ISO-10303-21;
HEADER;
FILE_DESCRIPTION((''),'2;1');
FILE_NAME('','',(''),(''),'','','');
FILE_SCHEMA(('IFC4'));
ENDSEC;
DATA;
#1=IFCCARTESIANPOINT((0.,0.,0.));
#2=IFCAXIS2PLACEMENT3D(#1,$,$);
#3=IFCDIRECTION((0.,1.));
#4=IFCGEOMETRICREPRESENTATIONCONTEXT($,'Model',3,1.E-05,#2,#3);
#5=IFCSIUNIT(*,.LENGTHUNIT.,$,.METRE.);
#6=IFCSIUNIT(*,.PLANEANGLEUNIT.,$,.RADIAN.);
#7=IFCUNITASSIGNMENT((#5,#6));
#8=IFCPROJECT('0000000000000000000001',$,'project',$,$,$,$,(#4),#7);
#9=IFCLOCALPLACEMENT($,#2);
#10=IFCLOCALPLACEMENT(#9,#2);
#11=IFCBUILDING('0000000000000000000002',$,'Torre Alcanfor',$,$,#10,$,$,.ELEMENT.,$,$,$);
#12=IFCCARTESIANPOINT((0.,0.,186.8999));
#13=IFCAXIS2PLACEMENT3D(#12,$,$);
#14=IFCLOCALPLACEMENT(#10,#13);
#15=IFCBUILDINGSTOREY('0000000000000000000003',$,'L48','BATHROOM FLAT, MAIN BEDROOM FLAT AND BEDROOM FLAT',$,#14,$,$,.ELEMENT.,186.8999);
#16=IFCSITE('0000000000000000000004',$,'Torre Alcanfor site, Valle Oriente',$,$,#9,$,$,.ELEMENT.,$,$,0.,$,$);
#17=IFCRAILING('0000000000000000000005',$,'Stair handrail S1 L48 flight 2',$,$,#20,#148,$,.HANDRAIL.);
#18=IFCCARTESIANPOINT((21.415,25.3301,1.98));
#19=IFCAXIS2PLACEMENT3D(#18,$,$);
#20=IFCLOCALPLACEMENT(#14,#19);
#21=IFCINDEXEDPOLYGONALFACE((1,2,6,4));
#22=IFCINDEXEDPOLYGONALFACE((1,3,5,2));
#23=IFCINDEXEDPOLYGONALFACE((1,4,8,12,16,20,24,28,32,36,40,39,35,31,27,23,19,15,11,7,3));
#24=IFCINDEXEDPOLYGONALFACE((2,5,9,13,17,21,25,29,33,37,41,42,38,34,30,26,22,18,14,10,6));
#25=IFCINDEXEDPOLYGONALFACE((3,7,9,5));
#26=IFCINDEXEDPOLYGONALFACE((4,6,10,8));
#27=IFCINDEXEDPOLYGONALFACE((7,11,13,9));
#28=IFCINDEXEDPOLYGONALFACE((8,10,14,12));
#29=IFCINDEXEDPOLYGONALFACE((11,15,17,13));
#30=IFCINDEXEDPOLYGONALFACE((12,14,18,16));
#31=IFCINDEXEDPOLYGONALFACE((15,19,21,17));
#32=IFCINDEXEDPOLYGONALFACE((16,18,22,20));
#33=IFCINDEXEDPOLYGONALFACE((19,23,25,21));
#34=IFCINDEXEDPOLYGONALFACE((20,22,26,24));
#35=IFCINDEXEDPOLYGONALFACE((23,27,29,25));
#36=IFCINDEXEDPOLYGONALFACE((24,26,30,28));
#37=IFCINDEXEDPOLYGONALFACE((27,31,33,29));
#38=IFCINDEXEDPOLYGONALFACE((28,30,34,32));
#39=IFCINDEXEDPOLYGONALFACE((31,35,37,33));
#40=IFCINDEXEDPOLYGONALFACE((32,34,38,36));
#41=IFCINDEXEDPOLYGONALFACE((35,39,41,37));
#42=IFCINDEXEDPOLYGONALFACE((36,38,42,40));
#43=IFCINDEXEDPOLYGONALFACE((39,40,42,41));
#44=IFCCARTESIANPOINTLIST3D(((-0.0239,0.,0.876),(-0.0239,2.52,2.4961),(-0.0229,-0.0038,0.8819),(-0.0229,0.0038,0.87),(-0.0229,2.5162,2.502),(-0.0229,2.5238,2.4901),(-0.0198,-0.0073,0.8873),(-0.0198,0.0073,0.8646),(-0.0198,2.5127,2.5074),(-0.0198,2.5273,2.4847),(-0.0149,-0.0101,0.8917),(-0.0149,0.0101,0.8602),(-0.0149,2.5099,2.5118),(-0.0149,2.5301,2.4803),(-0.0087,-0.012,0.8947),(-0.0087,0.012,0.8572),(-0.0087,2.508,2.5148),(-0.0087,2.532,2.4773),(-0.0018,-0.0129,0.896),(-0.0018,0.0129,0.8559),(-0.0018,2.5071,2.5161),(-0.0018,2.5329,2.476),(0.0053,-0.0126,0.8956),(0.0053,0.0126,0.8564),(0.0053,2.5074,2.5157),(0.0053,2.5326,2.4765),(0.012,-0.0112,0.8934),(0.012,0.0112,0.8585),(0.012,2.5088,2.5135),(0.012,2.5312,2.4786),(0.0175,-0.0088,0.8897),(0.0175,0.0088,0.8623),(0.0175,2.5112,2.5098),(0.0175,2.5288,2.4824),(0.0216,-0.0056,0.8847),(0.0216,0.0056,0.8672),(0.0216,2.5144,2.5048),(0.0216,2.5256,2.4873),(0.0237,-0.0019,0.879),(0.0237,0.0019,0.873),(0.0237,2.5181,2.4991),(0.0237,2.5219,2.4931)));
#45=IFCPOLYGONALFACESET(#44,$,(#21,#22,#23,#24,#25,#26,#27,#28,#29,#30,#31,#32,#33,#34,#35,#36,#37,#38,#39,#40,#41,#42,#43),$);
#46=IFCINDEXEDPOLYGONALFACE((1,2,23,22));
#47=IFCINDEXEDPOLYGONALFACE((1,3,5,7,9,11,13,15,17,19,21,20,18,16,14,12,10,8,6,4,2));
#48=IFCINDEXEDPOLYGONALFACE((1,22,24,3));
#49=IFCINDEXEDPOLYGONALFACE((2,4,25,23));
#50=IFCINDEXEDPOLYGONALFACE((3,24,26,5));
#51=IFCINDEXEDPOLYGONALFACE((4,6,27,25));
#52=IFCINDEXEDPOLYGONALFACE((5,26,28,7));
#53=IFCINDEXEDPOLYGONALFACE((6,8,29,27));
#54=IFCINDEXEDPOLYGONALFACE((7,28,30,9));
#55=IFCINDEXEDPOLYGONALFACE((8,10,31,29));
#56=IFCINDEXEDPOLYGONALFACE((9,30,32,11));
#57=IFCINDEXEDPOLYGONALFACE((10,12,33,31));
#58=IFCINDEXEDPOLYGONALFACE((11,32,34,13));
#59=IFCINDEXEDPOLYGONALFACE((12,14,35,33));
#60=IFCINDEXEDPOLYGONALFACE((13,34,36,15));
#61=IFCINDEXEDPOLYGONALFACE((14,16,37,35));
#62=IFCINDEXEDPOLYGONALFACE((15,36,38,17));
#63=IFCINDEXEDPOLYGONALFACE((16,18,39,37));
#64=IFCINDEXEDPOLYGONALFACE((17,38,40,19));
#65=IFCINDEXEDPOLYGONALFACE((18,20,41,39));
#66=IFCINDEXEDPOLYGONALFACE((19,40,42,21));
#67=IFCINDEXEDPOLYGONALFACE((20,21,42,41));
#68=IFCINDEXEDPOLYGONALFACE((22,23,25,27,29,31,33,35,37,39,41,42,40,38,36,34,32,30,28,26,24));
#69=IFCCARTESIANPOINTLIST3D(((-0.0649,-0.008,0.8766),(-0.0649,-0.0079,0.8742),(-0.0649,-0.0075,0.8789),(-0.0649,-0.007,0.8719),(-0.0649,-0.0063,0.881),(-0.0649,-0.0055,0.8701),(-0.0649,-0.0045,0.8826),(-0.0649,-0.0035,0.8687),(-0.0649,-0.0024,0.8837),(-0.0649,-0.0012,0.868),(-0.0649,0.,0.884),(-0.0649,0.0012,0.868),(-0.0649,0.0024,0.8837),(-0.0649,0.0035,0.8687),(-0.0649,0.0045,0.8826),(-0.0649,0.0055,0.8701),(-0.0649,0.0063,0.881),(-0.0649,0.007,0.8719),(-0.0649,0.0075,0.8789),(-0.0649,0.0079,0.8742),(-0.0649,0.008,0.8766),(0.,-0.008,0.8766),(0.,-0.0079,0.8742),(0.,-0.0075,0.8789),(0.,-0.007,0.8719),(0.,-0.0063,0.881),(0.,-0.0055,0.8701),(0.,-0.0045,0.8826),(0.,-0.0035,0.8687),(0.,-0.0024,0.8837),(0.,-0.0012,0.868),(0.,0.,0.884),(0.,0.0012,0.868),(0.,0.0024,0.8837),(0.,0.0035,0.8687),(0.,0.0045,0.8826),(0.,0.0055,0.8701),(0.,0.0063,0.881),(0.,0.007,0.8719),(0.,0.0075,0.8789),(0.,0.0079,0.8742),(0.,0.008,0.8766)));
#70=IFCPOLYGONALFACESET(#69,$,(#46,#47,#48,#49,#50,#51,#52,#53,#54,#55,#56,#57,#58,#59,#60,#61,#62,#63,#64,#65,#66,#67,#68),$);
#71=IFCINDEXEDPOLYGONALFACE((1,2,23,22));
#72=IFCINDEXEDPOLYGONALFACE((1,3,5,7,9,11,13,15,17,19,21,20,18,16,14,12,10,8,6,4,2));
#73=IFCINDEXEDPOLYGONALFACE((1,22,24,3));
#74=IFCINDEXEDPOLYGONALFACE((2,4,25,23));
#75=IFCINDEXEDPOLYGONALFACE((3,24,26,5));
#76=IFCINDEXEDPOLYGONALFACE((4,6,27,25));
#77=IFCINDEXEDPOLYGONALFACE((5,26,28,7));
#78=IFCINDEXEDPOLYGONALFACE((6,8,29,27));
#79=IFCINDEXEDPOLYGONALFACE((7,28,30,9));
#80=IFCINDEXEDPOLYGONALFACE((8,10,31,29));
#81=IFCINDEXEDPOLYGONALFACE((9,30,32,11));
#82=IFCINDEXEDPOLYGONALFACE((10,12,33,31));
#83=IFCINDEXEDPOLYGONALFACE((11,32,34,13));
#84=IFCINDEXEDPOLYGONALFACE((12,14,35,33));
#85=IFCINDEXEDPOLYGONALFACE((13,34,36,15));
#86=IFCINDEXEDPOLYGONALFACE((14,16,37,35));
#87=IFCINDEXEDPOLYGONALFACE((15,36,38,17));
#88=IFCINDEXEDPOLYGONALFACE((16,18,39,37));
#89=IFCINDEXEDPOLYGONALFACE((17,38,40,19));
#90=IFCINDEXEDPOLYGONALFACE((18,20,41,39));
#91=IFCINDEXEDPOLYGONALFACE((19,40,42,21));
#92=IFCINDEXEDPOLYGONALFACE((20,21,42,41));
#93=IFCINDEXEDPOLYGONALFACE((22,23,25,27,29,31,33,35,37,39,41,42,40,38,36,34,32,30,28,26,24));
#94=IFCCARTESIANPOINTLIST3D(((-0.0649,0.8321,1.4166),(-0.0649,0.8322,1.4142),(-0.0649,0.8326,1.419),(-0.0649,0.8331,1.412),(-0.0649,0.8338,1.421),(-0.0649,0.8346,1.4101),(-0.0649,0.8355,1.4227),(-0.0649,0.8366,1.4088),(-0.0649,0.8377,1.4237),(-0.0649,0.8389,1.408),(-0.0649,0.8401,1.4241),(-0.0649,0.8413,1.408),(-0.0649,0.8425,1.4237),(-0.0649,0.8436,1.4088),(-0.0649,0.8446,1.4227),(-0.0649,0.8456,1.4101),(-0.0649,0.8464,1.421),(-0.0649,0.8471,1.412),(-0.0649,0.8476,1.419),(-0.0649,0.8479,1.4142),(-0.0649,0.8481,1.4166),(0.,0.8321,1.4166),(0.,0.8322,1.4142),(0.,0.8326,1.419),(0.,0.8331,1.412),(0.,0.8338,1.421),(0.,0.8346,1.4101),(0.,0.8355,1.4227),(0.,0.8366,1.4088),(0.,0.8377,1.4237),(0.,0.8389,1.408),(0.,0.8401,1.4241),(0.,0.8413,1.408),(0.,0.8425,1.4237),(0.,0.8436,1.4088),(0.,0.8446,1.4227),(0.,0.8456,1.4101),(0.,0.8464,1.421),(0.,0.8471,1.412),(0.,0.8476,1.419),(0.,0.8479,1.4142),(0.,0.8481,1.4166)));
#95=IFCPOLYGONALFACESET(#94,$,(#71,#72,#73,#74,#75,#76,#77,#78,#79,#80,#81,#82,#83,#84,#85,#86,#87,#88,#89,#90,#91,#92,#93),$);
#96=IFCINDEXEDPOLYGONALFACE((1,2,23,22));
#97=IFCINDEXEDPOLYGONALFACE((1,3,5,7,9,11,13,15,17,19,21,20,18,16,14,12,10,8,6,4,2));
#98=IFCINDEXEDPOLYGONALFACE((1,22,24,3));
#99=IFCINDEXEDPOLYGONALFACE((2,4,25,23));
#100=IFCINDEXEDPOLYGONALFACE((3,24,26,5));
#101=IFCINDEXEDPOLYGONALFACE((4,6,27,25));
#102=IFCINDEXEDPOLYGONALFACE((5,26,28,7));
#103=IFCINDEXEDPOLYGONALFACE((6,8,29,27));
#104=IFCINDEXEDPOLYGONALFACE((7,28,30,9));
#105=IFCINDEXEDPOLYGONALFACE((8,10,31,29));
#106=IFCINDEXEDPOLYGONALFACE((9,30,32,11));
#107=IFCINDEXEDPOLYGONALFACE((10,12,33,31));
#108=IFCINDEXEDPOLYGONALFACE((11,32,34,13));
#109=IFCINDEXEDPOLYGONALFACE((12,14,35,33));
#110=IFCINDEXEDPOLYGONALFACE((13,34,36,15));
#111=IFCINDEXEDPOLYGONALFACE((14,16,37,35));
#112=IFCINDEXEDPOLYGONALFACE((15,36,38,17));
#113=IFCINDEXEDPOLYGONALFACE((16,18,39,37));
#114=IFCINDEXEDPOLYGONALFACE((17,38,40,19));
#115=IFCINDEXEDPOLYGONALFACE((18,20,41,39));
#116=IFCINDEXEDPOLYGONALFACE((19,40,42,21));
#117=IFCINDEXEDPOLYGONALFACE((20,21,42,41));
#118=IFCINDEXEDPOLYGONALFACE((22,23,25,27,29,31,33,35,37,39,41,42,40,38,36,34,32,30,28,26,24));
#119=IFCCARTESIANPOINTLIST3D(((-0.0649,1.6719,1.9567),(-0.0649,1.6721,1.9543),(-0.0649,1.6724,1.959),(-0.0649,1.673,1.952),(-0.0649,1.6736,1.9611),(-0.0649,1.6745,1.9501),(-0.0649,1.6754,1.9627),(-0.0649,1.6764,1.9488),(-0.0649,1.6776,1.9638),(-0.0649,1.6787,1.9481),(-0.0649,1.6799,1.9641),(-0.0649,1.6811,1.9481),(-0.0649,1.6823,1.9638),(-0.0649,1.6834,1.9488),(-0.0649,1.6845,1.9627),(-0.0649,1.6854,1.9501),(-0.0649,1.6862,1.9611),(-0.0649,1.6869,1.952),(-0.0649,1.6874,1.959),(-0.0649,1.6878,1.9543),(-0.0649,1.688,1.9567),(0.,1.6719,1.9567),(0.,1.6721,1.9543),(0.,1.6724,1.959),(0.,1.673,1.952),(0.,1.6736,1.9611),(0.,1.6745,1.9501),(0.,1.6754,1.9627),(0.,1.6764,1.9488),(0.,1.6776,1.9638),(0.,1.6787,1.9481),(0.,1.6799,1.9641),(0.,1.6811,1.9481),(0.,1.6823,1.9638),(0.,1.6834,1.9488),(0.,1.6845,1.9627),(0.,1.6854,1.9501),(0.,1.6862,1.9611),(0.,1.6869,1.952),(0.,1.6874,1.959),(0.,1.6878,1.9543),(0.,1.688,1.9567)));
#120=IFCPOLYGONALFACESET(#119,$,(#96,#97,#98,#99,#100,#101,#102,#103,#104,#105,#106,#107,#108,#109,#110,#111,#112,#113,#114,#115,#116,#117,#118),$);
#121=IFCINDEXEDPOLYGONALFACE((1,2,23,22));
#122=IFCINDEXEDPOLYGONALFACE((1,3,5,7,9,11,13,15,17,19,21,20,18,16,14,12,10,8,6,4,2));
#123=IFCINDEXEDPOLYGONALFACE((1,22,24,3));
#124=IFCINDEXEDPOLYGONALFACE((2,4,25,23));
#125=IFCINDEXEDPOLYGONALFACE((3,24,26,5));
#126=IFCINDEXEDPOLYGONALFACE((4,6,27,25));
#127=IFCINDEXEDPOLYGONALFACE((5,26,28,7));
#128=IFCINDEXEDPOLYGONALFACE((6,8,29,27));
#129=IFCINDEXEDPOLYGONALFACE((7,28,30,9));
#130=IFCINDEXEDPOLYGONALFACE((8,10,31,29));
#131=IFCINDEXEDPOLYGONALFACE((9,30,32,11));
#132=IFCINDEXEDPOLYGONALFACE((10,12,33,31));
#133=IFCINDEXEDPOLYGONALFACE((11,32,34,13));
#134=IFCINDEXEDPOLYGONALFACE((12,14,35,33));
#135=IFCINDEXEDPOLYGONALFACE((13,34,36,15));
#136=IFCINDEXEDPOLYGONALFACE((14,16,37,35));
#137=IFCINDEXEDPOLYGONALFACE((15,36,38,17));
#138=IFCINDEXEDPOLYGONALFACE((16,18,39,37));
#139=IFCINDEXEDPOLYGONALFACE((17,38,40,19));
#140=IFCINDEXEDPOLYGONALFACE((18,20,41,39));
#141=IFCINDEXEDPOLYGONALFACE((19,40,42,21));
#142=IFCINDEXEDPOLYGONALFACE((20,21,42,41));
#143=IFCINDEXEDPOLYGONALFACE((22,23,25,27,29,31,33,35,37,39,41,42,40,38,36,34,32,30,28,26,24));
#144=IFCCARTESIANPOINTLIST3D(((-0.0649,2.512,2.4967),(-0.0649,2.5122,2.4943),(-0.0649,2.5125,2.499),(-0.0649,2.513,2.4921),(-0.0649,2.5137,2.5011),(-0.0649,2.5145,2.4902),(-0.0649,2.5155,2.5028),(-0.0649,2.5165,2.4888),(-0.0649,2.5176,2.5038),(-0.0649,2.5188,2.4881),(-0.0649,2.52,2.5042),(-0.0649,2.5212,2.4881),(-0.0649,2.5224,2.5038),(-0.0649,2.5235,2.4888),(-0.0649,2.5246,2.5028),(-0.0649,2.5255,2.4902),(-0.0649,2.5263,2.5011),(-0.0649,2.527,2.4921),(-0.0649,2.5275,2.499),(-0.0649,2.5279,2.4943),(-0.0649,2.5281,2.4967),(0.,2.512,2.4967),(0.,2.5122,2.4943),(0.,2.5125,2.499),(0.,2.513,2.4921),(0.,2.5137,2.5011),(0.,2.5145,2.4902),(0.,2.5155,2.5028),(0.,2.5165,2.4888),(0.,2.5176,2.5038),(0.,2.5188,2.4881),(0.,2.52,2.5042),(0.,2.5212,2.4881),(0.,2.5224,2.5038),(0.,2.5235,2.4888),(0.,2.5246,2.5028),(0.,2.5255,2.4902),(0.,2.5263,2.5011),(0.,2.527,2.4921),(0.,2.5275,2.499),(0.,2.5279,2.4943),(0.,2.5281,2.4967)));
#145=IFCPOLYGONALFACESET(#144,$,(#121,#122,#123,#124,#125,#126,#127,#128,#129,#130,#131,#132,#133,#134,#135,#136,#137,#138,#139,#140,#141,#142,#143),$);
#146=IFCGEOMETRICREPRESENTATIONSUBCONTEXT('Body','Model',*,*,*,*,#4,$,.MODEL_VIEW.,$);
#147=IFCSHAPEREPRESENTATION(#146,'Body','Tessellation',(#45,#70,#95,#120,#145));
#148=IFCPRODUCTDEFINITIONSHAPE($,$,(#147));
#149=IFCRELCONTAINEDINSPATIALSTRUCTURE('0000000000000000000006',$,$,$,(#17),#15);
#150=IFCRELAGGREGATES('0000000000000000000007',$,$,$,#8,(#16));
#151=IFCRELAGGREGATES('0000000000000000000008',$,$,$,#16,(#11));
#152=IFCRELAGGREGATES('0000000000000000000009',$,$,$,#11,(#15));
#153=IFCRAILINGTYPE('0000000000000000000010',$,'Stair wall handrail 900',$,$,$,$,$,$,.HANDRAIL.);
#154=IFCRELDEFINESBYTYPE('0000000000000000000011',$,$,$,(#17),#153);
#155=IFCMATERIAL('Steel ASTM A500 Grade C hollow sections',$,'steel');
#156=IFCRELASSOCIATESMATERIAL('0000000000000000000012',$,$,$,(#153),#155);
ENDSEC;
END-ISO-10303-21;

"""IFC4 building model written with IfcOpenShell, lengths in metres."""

from ifc_helpers import new_model, si_unit, direction, frame, origin, origin_2d, place, context, subcontext, project, spatial, circle, extrude, material, type_object, element, save


model = new_model("IFC4")

# Units and contexts
model_context = context("Model", 3, precision=1e-05, world=origin(), true_north=direction((0.0, 1.0)))
body_context = subcontext(model_context, "Body", "Model", "MODEL_VIEW")
ifc_project = project(units=[si_unit("LENGTHUNIT", "METRE"), si_unit("PLANEANGLEUNIT", "RADIAN")], contexts=[model_context])

# Site, building, storey
site_placement = place(None, origin())
site = spatial("IfcSite", under=ifc_project, at=site_placement, Name="Torre Alcanfor site, Valle Oriente", CompositionType="ELEMENT", RefElevation=0.0)
building_placement = place(site_placement, origin())
building = spatial("IfcBuilding", under=site, at=building_placement, Name="Torre Alcanfor", CompositionType="ELEMENT")
storey_placement = place(building_placement, frame((0.0, 0.0, 186.8999)))
storey = spatial("IfcBuildingStorey", under=building, at=storey_placement, Name="L48", Description="BATHROOM FLAT, MAIN BEDROOM FLAT AND BEDROOM FLAT", CompositionType="ELEMENT", Elevation=186.8999)

# Railing
ifc_material_1 = material(Name="Steel ASTM A500 Grade C hollow sections", Category="steel")
railing_type_1 = type_object("IfcRailingType", Name="Stair wall handrail 900", PredefinedType="HANDRAIL", material=ifc_material_1)
railing_1_placement = place(storey_placement, frame((21.415, 25.3301, 1.98)))
element("IfcRailing", 1, at=railing_1_placement, inside=storey, type_object=railing_type_1, Name="Stair handrail S1 L48 flight 2", PredefinedType="HANDRAIL", context=body_context, shape_type="SweptSolid", body=[
    extrude(circle(Radius=0.0239, at=origin_2d()), frame((0.0, 0.0, 0.876), z_axis=(0.0, 0.841163, 0.540782), x_axis=(-1.0, 0.0, 0.0)), (0.0, 0.0, 1.0), 2.9958),
    extrude(circle(Radius=0.0081, at=origin_2d()), frame((0.0, 0.0, 0.876), z_axis=(-1.0, 0.0, 0.0), x_axis=(0.0, 0.0, 1.0)), (0.0, 0.0, 1.0), 0.0649),
    extrude(circle(Radius=0.0081, at=origin_2d()), frame((0.0, 0.8401, 1.416), z_axis=(-1.0, 0.0, 0.0), x_axis=(0.0, 0.0, 1.0)), (0.0, 0.0, 1.0), 0.0649),
    extrude(circle(Radius=0.0081, at=origin_2d()), frame((0.0, 1.6799, 1.9561), z_axis=(-1.0, 0.0, 0.0), x_axis=(0.0, 0.0, 1.0)), (0.0, 0.0, 1.0), 0.0649),
    extrude(circle(Radius=0.0081, at=origin_2d()), frame((0.0, 2.52, 2.4961), z_axis=(-1.0, 0.0, 0.0), x_axis=(0.0, 0.0, 1.0)), (0.0, 0.0, 1.0), 0.0649),
])

save(model, "model.ifc")
